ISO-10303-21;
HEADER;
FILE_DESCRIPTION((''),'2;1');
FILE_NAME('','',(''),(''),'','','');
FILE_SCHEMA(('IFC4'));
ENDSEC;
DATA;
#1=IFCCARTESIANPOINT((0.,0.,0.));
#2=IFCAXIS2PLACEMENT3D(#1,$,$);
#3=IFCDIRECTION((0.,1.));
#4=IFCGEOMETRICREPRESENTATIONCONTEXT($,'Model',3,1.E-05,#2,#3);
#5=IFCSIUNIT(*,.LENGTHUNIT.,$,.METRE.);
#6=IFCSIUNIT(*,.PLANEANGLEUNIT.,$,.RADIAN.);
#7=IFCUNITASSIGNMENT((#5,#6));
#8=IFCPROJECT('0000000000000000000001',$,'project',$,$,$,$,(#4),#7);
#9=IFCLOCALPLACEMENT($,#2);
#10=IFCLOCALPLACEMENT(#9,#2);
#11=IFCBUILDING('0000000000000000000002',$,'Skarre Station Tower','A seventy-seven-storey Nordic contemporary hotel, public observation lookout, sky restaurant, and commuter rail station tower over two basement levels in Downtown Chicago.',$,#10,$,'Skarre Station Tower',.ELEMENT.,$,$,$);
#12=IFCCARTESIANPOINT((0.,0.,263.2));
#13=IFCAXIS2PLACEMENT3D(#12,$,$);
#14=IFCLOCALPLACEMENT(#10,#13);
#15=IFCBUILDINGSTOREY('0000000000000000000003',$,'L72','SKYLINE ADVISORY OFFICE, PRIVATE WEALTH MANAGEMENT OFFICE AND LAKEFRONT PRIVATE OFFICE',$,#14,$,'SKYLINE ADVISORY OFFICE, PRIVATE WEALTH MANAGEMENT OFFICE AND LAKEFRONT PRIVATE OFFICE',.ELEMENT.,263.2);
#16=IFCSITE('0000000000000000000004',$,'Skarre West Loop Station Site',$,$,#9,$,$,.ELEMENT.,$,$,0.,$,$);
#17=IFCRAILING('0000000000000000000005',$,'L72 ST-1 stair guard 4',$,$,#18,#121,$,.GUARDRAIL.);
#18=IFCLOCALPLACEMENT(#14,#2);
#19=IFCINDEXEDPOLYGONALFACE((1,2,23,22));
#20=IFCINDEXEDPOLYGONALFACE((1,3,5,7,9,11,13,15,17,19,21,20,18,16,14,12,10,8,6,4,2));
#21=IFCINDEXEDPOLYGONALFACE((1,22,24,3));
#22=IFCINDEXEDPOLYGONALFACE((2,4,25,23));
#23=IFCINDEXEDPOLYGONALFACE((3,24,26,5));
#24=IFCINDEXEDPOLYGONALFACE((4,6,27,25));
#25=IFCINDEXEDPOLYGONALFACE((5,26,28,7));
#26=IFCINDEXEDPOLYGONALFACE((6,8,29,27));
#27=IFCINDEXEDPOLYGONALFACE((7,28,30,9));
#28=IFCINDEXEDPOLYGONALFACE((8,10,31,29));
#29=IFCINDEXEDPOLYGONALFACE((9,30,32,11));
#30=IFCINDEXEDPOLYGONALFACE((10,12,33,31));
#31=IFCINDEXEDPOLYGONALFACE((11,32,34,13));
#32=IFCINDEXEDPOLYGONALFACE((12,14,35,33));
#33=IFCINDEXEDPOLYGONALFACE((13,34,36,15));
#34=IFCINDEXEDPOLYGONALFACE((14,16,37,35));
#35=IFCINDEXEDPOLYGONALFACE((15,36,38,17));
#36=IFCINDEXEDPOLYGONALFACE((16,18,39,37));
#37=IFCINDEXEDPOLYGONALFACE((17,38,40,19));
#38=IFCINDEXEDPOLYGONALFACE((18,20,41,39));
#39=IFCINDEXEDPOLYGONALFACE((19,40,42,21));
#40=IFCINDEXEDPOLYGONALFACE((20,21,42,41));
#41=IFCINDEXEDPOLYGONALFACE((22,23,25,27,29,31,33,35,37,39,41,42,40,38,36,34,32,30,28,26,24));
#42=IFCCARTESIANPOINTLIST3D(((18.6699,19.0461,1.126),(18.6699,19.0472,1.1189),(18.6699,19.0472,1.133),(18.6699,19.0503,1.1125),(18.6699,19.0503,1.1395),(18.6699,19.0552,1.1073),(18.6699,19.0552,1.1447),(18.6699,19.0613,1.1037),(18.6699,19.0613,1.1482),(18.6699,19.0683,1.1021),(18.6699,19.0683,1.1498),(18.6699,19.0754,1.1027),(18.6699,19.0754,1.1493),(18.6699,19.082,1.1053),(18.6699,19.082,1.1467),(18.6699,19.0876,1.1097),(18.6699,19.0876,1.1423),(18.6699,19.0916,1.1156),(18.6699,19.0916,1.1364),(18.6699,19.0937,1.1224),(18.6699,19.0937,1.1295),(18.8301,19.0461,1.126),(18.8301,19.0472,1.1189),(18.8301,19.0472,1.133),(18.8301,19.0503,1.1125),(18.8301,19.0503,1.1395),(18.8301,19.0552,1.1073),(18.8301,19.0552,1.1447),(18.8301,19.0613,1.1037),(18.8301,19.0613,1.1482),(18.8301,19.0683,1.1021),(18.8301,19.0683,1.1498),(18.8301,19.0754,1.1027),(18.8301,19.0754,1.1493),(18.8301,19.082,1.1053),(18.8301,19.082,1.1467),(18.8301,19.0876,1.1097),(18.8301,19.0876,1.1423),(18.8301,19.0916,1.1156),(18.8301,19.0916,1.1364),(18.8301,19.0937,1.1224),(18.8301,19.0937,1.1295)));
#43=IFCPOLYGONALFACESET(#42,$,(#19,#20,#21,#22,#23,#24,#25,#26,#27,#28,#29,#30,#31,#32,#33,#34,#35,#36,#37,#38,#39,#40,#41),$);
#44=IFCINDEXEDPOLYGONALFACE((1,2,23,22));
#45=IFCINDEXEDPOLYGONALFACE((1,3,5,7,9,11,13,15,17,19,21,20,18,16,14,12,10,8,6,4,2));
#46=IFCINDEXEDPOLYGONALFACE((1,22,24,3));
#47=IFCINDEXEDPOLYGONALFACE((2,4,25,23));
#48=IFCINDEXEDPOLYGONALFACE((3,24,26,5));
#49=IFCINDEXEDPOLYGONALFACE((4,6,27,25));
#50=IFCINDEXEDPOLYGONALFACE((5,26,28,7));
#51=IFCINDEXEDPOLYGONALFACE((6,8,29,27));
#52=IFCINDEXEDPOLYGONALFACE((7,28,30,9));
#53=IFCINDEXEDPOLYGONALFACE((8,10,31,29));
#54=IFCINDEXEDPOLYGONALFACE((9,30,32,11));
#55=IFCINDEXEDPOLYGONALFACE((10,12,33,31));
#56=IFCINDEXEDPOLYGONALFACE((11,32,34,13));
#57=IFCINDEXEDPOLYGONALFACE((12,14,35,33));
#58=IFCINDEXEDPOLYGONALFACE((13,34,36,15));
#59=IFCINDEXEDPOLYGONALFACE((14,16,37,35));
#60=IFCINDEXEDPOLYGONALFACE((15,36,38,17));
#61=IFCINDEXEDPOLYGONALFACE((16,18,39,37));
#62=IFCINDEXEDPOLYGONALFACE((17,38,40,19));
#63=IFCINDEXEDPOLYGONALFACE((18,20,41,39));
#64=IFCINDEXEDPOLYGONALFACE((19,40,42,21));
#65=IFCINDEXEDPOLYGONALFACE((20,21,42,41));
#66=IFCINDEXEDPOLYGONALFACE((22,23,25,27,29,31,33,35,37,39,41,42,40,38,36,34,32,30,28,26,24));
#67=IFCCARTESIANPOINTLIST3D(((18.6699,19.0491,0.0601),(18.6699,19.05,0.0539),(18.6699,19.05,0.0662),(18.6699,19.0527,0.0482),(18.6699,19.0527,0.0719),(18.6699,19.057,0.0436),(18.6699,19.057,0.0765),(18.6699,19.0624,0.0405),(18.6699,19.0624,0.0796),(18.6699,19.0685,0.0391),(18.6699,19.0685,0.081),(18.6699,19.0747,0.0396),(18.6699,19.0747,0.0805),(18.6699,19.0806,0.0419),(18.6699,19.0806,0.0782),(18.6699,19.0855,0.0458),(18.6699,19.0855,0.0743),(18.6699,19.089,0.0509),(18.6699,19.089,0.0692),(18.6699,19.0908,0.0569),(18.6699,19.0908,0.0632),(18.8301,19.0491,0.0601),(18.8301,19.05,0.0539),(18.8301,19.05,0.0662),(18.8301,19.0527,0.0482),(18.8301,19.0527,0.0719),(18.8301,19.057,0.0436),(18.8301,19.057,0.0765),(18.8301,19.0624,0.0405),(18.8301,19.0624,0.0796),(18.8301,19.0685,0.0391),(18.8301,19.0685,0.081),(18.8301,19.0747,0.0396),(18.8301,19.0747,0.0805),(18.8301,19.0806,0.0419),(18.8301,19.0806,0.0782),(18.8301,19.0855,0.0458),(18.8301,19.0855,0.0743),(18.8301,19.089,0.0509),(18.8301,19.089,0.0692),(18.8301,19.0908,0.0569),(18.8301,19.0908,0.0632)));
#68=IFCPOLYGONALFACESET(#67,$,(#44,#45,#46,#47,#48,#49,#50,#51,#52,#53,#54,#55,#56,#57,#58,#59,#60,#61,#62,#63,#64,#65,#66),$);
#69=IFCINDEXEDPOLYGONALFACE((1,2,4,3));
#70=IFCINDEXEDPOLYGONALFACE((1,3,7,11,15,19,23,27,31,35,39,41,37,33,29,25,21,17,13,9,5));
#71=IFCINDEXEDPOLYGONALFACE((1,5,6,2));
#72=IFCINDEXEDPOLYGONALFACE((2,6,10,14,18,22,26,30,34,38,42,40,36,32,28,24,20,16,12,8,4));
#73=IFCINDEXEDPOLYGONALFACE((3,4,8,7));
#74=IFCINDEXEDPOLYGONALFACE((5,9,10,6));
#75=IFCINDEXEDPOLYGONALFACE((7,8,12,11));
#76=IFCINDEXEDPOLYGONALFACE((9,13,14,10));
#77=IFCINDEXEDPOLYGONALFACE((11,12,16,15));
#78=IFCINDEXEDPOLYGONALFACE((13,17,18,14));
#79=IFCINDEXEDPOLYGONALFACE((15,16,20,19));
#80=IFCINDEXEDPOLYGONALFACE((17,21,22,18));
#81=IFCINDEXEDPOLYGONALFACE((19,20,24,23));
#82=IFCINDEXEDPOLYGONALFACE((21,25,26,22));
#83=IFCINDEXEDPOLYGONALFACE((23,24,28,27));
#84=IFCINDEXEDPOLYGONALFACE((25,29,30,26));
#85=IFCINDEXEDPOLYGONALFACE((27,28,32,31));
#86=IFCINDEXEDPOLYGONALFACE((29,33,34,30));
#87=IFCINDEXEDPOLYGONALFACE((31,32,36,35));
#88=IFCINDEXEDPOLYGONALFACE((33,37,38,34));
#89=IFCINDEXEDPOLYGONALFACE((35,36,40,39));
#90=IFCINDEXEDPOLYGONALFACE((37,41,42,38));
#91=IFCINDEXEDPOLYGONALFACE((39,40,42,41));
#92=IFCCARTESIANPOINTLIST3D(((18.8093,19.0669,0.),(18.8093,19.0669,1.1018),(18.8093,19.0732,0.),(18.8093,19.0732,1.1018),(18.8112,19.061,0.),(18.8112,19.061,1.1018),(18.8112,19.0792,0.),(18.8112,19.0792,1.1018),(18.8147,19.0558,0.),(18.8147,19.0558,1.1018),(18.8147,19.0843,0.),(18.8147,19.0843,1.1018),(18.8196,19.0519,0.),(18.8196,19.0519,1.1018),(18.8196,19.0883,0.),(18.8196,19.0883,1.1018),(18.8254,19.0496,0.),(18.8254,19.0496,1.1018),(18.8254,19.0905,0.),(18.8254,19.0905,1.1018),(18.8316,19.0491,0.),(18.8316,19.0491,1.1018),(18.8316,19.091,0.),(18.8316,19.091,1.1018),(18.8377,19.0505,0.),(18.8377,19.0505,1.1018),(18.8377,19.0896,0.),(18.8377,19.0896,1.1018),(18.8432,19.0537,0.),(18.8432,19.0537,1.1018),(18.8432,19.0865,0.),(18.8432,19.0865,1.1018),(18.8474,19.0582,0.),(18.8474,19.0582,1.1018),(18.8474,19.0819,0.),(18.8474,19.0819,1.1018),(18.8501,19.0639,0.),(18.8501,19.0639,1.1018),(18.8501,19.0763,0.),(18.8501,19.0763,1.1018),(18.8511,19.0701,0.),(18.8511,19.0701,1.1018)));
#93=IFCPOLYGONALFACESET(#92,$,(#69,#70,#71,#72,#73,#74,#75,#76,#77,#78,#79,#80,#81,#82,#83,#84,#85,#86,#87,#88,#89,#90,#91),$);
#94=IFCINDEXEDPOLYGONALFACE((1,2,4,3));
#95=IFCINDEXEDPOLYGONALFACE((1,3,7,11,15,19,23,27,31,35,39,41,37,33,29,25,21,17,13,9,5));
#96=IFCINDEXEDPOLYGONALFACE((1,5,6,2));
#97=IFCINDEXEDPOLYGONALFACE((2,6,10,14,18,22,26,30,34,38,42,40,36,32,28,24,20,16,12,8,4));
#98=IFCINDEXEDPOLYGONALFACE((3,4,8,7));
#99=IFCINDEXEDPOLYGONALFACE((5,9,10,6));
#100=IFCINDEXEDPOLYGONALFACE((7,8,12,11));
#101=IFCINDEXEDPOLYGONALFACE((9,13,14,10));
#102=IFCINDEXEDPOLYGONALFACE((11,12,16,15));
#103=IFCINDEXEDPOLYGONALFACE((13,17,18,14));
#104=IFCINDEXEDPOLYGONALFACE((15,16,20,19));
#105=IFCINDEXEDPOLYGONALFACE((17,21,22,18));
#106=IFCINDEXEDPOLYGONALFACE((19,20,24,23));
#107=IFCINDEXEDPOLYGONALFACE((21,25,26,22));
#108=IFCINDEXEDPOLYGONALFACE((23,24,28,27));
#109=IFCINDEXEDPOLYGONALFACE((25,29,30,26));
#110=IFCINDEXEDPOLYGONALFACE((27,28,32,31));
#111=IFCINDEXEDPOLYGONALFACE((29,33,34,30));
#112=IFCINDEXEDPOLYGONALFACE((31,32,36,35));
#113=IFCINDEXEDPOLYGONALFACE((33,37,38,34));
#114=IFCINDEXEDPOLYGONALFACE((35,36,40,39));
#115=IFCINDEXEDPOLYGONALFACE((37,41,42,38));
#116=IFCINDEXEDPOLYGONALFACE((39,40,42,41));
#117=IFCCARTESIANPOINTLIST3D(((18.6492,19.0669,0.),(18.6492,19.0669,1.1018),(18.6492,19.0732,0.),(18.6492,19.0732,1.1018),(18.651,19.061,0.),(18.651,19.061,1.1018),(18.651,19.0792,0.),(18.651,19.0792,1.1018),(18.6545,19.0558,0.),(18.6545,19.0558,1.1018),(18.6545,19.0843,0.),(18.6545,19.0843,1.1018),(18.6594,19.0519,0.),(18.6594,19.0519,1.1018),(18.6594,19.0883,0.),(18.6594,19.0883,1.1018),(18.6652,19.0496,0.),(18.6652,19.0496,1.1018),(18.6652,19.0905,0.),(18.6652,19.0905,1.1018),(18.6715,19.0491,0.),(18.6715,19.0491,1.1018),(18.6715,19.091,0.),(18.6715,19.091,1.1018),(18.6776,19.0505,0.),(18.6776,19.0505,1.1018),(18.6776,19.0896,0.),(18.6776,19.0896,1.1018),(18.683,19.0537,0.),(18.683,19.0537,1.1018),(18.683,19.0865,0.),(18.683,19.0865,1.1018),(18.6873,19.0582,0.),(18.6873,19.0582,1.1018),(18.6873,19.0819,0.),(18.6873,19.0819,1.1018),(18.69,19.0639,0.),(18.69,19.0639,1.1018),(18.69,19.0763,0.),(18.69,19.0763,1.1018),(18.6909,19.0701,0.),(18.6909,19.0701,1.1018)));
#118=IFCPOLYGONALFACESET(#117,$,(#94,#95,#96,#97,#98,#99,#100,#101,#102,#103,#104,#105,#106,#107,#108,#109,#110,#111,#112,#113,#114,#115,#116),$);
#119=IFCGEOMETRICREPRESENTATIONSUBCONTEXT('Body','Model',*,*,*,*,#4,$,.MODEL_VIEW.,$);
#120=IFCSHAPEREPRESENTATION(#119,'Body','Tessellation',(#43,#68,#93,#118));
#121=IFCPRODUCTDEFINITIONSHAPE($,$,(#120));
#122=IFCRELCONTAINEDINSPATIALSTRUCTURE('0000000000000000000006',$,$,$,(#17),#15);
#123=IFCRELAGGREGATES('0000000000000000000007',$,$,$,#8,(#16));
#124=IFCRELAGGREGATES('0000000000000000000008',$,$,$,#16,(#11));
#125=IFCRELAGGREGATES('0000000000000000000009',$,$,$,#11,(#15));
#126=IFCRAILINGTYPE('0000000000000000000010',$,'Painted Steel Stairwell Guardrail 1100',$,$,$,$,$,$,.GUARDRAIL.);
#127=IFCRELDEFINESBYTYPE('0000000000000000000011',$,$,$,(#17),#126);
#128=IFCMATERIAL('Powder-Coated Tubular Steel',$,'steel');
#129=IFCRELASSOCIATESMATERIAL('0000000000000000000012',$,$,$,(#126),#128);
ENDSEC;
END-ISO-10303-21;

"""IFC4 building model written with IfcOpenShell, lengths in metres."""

from ifc_helpers import new_model, si_unit, direction, frame, origin, origin_2d, place, context, subcontext, project, spatial, circle, extrude, material, type_object, element, save


model = new_model("IFC4")

# Units and contexts
model_context = context("Model", 3, precision=1e-05, world=origin(), true_north=direction((0.0, 1.0)))
body_context = subcontext(model_context, "Body", "Model", "MODEL_VIEW")
ifc_project = project(units=[si_unit("LENGTHUNIT", "METRE"), si_unit("PLANEANGLEUNIT", "RADIAN")], contexts=[model_context])

# Site, building, storey
site_placement = place(None, origin())
site = spatial("IfcSite", under=ifc_project, at=site_placement, Name="Skarre West Loop Station Site", CompositionType="ELEMENT", RefElevation=0.0)
building_placement = place(site_placement, origin())
building = spatial("IfcBuilding", under=site, at=building_placement, Name="Skarre Station Tower", Description="A seventy-seven-storey Nordic contemporary hotel, public observation lookout, sky restaurant, and commuter rail station tower over two basement levels in Downtown Chicago.", LongName="Skarre Station Tower", CompositionType="ELEMENT")
storey_placement = place(building_placement, frame((0.0, 0.0, 263.2)))
storey = spatial("IfcBuildingStorey", under=building, at=storey_placement, Name="L72", Description="SKYLINE ADVISORY OFFICE, PRIVATE WEALTH MANAGEMENT OFFICE AND LAKEFRONT PRIVATE OFFICE", LongName="SKYLINE ADVISORY OFFICE, PRIVATE WEALTH MANAGEMENT OFFICE AND LAKEFRONT PRIVATE OFFICE", CompositionType="ELEMENT", Elevation=263.2)

# Railing
ifc_material_1 = material(Name="Powder-Coated Tubular Steel", Category="steel")
railing_type_1 = type_object("IfcRailingType", Name="Painted Steel Stairwell Guardrail 1100", PredefinedType="GUARDRAIL", material=ifc_material_1)
railing_1_placement = place(storey_placement, frame((18.8301, 19.0701, 0.0)))
element("IfcRailing", 1, at=railing_1_placement, inside=storey, type_object=railing_type_1, Name="L72 ST-1 stair guard 4", PredefinedType="GUARDRAIL", context=body_context, shape_type="SweptSolid", body=[
    extrude(circle(Radius=0.0239, at=origin_2d()), frame((0.0, 0.0, 1.126), z_axis=(-1.0, 0.0, 0.0), x_axis=(0.0, -1.0, 0.0)), (0.0, 0.0, 1.0), 0.1602),
    extrude(circle(Radius=0.021, at=origin_2d()), frame((0.0, 0.0, 0.0601), z_axis=(-1.0, 0.0, 0.0), x_axis=(0.0, -1.0, 0.0)), (0.0, 0.0, 1.0), 0.1602),
    extrude(circle(Radius=0.021, at=origin_2d()), origin(), (0.0, 0.0, 1.0), 1.1018),
    extrude(circle(Radius=0.021, at=origin_2d()), frame((-0.1602, 0.0, 0.0)), (0.0, 0.0, 1.0), 1.1018),
])

save(model, "model.ifc")
